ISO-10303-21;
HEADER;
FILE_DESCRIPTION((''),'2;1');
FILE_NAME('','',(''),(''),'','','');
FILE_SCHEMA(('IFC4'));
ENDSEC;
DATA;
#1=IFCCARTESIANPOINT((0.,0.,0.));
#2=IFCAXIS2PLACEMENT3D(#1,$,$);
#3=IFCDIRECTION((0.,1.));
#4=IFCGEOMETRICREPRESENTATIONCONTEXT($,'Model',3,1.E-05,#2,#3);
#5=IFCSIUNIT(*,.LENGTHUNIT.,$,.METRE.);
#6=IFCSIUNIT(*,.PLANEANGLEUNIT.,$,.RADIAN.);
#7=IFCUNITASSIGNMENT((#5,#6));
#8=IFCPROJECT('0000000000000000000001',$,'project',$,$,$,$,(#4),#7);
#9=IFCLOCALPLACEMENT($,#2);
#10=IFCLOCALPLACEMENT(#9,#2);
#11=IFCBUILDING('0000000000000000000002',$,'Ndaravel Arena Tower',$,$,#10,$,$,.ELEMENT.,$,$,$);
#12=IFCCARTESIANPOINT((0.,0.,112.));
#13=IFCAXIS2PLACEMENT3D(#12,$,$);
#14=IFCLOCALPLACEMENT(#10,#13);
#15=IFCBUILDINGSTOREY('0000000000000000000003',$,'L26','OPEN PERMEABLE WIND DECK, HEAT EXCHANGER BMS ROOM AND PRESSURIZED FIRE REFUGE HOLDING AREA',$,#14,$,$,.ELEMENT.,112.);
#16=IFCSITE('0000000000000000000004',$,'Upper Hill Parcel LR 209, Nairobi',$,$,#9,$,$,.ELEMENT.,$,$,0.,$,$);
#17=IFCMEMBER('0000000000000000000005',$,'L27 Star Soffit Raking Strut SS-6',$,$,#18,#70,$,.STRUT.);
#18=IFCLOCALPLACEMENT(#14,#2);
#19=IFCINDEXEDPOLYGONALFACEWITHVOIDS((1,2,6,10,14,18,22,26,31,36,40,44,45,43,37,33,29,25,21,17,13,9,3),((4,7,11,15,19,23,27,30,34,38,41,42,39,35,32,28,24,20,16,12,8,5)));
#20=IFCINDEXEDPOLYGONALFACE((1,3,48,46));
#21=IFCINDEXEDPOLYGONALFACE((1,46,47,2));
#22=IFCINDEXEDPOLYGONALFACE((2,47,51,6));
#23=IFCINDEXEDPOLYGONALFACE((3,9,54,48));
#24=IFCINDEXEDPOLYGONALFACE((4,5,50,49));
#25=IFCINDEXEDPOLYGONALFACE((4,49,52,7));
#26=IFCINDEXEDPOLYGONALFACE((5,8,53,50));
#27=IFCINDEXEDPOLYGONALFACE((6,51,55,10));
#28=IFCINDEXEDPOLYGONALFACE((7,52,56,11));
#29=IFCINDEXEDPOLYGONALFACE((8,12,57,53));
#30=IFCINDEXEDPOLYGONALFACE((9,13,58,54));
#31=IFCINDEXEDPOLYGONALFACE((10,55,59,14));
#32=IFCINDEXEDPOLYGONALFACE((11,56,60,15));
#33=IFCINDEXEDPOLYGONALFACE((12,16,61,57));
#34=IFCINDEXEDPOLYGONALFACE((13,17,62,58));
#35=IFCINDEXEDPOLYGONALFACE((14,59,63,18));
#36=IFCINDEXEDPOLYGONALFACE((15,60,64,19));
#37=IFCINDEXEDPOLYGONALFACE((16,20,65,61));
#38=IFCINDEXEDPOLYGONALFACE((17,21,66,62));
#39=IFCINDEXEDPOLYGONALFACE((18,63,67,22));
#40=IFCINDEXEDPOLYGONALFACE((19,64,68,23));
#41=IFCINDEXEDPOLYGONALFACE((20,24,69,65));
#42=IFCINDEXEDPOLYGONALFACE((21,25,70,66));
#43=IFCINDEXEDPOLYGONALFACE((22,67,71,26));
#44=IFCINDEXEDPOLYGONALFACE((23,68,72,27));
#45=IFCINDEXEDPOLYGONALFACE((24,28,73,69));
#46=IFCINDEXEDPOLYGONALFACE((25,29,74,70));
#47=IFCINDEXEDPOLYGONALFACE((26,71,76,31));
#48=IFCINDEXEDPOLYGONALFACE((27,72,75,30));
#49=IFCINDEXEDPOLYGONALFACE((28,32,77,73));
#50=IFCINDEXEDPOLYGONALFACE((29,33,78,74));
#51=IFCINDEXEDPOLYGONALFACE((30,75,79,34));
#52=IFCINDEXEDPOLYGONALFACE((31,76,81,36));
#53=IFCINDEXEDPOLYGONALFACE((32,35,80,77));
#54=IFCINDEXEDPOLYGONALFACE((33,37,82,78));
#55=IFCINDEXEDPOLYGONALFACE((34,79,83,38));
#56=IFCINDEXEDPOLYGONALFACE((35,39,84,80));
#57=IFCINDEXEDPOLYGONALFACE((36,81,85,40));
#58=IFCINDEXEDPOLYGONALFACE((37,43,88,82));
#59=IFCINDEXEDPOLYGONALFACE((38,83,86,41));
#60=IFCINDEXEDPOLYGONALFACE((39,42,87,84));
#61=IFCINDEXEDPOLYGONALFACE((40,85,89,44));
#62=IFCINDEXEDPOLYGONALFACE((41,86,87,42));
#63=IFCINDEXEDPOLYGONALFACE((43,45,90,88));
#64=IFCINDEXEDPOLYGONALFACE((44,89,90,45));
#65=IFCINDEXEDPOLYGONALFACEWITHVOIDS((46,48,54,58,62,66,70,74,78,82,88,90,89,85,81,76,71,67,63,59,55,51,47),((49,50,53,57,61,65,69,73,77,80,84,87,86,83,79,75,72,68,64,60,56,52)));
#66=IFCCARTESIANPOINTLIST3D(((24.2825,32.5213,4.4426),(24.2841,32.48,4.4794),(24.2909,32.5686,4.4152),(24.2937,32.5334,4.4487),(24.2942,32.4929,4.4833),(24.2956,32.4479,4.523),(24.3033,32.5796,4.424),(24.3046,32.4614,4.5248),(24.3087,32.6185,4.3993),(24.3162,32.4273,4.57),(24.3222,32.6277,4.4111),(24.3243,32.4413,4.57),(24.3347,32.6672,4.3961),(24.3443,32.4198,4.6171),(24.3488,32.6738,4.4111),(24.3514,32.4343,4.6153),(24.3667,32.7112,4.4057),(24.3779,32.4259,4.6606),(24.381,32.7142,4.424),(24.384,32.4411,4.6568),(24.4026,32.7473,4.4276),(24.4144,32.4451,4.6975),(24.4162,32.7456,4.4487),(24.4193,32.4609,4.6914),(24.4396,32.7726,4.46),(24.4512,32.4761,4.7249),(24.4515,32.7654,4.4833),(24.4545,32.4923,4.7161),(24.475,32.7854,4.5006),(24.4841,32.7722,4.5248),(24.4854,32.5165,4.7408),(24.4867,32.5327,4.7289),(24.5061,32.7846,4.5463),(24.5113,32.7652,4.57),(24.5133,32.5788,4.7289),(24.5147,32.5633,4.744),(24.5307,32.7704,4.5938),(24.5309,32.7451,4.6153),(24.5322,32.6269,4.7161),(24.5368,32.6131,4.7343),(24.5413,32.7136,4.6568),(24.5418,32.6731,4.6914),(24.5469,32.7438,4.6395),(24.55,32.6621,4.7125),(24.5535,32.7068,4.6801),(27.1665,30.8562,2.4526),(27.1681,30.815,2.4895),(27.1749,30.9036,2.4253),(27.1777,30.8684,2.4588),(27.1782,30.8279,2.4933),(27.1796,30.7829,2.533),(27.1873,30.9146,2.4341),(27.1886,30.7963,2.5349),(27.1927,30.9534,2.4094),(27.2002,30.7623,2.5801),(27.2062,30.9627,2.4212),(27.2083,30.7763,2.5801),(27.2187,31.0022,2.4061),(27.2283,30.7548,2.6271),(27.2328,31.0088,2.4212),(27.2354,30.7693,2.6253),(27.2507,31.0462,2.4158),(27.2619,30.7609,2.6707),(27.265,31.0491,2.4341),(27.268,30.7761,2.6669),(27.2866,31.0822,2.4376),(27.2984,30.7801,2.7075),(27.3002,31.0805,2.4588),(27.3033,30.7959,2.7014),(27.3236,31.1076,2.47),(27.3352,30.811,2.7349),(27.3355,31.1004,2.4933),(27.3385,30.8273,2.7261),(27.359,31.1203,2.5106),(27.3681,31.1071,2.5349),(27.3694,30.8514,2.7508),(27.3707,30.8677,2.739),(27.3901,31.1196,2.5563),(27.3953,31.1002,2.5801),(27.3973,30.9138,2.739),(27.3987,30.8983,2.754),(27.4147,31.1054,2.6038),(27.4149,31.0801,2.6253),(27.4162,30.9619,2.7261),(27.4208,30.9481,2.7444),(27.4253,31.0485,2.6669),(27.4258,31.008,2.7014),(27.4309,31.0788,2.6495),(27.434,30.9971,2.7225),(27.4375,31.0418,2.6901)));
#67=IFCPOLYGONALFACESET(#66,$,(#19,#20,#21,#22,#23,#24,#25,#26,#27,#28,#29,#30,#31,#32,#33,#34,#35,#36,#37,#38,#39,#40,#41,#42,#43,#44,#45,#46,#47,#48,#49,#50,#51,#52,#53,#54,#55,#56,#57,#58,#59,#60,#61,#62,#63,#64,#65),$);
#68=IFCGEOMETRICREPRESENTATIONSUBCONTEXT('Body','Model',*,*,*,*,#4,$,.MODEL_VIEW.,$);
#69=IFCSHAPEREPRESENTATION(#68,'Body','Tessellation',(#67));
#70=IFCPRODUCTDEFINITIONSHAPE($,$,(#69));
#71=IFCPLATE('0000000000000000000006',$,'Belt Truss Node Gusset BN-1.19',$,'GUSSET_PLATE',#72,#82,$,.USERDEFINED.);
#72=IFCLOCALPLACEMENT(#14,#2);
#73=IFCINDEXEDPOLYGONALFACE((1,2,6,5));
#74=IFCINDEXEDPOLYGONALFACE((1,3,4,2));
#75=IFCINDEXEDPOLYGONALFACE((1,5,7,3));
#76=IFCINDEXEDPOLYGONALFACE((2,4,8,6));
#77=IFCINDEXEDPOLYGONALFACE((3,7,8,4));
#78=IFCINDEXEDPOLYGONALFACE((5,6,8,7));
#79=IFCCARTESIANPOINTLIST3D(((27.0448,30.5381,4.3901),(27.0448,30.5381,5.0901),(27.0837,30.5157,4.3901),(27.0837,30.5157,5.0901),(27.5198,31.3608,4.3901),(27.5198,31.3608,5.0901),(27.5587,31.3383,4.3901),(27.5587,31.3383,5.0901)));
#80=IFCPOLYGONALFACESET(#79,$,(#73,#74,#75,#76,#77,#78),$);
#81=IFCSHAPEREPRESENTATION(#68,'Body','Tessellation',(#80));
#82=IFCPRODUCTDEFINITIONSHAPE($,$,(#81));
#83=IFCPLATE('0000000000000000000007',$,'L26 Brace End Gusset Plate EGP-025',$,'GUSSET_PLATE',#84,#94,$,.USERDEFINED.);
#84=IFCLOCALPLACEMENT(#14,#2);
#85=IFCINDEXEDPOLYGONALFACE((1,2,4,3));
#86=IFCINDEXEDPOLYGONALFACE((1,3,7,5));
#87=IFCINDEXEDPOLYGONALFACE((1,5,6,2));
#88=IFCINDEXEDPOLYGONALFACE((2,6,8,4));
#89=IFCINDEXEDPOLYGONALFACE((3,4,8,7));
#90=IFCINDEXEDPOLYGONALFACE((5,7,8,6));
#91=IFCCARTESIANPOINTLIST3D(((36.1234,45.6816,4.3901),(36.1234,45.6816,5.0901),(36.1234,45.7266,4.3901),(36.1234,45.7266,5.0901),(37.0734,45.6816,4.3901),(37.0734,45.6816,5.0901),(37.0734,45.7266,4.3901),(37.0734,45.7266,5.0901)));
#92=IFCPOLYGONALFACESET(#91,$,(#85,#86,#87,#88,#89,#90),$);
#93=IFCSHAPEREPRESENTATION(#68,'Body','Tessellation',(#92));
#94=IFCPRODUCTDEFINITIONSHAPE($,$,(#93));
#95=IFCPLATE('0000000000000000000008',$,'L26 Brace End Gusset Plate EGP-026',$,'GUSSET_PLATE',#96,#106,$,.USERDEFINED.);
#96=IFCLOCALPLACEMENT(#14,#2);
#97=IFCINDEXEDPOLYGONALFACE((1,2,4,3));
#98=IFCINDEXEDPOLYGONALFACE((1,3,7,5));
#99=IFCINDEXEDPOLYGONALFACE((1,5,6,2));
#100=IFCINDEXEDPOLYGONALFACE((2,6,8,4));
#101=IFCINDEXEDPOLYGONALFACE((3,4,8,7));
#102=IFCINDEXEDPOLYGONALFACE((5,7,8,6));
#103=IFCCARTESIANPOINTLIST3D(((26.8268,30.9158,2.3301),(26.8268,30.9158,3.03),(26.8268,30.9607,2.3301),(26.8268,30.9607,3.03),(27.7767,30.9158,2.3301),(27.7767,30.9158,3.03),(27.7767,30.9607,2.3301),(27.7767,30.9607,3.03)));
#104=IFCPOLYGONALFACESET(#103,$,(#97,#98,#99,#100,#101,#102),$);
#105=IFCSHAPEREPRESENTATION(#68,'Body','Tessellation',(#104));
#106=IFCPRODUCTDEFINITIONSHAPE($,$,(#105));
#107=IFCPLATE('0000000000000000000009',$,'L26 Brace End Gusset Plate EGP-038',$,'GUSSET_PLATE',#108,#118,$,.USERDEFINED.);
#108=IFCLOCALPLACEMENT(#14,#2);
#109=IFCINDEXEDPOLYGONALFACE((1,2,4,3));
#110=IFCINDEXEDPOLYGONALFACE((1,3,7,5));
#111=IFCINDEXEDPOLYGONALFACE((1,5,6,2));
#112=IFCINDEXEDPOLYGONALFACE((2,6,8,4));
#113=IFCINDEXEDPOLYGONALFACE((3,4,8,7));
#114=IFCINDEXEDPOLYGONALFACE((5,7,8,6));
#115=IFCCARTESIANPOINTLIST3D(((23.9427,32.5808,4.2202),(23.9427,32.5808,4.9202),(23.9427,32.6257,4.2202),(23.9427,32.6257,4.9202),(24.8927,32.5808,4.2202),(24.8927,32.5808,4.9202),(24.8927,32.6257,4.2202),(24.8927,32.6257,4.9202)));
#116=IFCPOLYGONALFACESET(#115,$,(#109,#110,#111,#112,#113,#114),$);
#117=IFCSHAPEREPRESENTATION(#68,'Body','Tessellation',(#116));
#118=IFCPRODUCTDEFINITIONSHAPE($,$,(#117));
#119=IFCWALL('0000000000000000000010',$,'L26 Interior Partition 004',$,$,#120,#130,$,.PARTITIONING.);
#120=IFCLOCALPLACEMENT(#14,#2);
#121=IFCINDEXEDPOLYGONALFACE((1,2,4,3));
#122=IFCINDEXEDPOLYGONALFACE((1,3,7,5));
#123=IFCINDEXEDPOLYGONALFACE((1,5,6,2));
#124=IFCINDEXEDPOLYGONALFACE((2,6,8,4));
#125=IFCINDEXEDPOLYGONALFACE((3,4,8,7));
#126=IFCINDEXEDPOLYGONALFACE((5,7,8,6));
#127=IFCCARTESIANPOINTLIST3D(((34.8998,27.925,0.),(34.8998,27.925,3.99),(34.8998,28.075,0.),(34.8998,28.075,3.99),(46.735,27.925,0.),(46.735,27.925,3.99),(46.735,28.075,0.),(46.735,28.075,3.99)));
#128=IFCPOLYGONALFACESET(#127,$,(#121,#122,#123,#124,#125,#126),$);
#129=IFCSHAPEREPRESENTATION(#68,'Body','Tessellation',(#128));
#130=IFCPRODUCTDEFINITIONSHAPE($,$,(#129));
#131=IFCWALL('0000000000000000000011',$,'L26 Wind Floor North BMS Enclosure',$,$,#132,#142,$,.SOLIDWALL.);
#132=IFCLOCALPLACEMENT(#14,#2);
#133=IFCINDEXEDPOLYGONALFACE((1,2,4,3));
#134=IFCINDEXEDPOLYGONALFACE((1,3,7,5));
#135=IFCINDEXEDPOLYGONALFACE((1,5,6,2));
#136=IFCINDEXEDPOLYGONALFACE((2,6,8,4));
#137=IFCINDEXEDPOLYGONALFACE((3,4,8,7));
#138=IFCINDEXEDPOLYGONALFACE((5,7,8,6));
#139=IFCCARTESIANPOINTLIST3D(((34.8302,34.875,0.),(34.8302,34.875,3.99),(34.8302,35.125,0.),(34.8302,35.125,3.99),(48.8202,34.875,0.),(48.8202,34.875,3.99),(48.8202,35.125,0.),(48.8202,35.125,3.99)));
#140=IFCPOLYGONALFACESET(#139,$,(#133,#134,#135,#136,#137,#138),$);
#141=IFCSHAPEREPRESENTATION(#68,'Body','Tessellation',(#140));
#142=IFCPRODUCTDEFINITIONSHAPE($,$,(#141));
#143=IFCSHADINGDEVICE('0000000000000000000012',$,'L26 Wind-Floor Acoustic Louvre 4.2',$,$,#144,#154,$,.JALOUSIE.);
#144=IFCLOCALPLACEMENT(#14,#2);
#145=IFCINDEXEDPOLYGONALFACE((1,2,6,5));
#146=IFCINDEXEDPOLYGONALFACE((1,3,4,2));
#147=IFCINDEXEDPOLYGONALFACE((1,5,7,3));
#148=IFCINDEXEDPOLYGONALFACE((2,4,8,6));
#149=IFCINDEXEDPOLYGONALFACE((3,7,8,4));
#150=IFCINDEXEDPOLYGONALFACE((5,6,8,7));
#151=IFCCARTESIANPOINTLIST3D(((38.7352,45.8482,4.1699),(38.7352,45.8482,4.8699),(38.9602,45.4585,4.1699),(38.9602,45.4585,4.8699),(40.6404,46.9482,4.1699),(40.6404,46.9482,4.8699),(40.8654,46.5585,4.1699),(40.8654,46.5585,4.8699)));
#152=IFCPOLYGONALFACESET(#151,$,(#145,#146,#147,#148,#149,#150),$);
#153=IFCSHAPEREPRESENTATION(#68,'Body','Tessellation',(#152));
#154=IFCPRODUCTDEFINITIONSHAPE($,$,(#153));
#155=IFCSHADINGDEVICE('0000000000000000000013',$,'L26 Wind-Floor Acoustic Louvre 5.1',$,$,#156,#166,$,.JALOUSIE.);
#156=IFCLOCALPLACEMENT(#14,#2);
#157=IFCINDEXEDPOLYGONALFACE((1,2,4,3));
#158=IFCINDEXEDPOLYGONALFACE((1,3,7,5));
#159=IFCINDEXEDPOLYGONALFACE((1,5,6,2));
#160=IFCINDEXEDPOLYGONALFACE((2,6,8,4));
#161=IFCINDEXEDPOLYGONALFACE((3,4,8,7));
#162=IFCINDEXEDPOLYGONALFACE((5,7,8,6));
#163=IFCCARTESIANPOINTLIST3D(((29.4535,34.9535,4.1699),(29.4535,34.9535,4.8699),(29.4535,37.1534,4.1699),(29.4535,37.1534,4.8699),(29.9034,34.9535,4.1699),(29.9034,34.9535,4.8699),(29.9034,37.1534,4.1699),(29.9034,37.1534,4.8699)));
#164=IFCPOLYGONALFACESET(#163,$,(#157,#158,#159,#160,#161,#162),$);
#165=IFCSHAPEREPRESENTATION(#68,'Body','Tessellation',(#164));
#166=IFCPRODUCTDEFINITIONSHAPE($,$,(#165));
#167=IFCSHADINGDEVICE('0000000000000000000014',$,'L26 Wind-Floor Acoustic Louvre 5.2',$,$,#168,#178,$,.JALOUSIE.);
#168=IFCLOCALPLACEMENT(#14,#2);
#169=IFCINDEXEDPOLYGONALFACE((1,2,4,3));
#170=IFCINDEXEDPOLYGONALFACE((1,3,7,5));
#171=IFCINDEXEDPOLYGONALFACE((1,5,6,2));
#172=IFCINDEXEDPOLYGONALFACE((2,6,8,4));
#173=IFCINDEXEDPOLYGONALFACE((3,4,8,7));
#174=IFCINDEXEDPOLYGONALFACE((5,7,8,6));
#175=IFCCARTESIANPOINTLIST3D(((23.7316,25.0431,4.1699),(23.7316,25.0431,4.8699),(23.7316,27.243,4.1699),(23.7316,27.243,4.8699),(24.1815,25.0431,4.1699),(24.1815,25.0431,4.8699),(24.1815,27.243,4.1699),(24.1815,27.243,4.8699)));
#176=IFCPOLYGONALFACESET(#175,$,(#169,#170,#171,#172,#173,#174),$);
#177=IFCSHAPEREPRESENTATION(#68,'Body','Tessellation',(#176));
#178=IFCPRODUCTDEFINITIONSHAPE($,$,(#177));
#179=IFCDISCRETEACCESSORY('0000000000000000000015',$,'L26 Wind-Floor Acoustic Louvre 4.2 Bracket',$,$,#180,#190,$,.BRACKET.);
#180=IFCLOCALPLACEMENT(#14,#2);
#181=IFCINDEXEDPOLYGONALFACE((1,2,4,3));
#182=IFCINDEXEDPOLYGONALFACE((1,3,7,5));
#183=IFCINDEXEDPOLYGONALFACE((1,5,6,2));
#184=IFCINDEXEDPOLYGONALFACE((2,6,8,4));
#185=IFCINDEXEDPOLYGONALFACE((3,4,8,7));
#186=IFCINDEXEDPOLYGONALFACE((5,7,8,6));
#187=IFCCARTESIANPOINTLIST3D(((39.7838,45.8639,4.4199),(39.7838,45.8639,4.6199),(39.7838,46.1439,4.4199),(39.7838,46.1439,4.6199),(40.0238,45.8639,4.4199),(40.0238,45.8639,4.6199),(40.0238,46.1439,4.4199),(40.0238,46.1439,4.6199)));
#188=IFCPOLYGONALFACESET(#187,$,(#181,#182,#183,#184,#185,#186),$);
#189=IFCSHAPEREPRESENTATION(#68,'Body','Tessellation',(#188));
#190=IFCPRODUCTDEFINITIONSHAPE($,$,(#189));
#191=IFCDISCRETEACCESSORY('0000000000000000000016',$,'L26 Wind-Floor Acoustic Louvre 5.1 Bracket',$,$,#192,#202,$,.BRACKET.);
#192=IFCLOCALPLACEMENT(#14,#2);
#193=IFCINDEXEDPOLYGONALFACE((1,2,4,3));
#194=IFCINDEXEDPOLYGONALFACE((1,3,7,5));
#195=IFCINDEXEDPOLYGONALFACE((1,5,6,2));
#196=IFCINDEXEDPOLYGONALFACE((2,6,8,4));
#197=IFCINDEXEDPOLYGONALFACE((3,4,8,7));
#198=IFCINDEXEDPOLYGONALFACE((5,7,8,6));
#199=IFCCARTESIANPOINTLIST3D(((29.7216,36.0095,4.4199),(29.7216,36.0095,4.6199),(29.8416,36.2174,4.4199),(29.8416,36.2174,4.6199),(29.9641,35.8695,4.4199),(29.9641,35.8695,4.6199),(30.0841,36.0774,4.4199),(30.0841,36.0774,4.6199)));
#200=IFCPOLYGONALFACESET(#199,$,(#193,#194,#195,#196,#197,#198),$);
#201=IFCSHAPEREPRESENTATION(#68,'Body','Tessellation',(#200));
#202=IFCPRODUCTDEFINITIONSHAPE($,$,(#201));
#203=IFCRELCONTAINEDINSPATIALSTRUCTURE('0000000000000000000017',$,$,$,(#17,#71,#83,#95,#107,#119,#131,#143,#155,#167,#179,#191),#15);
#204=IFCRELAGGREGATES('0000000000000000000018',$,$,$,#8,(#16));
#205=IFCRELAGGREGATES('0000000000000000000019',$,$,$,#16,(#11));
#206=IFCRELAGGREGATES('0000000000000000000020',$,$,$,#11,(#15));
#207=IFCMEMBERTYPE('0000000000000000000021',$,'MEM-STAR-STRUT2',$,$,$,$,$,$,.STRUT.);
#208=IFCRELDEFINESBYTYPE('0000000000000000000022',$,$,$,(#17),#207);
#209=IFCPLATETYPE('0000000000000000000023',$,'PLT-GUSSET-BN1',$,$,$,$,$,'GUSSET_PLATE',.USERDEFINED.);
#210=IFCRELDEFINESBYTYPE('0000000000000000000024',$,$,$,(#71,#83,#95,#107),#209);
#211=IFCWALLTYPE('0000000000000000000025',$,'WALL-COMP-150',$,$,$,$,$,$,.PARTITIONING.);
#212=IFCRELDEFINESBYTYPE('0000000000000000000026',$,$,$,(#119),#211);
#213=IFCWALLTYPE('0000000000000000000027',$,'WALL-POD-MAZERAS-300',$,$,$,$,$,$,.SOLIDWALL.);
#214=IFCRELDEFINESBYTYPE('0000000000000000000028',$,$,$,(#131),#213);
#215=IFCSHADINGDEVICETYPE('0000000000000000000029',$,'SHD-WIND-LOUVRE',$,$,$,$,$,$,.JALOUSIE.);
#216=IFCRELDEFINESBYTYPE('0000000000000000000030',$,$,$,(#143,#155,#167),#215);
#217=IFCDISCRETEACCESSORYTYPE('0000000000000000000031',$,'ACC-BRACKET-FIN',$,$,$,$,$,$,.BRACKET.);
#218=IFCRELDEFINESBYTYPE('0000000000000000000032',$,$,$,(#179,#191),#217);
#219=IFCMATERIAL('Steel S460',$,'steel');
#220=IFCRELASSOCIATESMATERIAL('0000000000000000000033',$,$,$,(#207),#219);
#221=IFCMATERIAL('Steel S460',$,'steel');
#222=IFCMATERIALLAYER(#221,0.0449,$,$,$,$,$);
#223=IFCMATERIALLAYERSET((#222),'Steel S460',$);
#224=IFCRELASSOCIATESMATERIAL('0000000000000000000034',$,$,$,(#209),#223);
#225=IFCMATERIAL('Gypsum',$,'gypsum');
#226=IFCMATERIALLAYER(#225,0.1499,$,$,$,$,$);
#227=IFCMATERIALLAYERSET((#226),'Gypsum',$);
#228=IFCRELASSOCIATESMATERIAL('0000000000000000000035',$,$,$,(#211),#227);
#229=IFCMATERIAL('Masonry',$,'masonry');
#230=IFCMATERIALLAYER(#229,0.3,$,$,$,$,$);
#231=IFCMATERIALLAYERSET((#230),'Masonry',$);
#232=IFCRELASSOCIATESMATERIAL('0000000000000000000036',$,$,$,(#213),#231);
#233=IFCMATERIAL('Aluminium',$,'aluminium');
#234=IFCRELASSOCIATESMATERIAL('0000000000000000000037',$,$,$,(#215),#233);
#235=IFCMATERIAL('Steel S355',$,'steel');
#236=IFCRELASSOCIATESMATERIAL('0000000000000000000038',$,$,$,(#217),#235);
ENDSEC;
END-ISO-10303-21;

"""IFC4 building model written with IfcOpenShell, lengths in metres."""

from ifc_helpers import new_model, si_unit, direction, frame, frame_2d, origin, origin_2d, place, context, subcontext, project, spatial, rectangle, hollow_circle, extrude, material, layer, layer_set, material_profile, profile_set, type_object, element, save


model = new_model("IFC4")

# Units and contexts
model_context = context("Model", 3, precision=1e-05, world=origin(), true_north=direction((0.0, 1.0)))
body_context = subcontext(model_context, "Body", "Model", "MODEL_VIEW")
ifc_project = project(units=[si_unit("LENGTHUNIT", "METRE"), si_unit("PLANEANGLEUNIT", "RADIAN")], contexts=[model_context])

# Site, building, storey
site_placement = place(None, origin())
site = spatial("IfcSite", under=ifc_project, at=site_placement, Name="Upper Hill Parcel LR 209, Nairobi", CompositionType="ELEMENT", RefElevation=0.0)
building_placement = place(site_placement, origin())
building = spatial("IfcBuilding", under=site, at=building_placement, Name="Ndaravel Arena Tower", CompositionType="ELEMENT")
storey_placement = place(building_placement, frame((0.0, 0.0, 112.0)))
storey = spatial("IfcBuildingStorey", under=building, at=storey_placement, Name="L26", Description="OPEN PERMEABLE WIND DECK, HEAT EXCHANGER BMS ROOM AND PRESSURIZED FIRE REFUGE HOLDING AREA", CompositionType="ELEMENT", Elevation=112.0)

# Member
ifc_material_1 = material(Name="Steel S460", Category="steel")
ifc_material_profile_1 = material_profile(ifc_material_1, hollow_circle(Radius=0.2031, WallThickness=0.0161, at=origin_2d()), Name="CHS 406.4x16")
ifc_profile_set_1 = profile_set([ifc_material_profile_1], Name="Steel S460")
member_type_1 = type_object("IfcMemberType", Name="MEM-STAR-STRUT2", PredefinedType="STRUT", material=ifc_profile_set_1)
member_1_placement = place(storey_placement, frame((27.3018, 30.9382, 2.5801), z_axis=(-0.743415, 0.429196, 0.512958), x_axis=(-0.499987, -0.866033, 0.0)))
element("IfcMember", 1, at=member_1_placement, inside=storey, type_object=member_type_1, Name="L27 Star Soffit Raking Strut SS-6", PredefinedType="STRUT", context=body_context, shape_type="SweptSolid", body=[
    extrude(hollow_circle(Radius=0.2031, WallThickness=0.0161, at=origin_2d()), origin(), (0.0, 0.0, 1.0), 3.8794),
])

# Plates
ifc_material_2 = material(Name="Steel S460", Category="steel")
ifc_layer_1 = layer(ifc_material_2, 0.0449)
ifc_layer_set_1 = layer_set([ifc_layer_1], Name="Steel S460")
plate_type = type_object("IfcPlateType", Name="PLT-GUSSET-BN1", ElementType="GUSSET_PLATE", PredefinedType="USERDEFINED", material=ifc_layer_set_1)
for number, where, z_axis, x_axis, name in (
    (2, (27.3018, 30.9382, 4.3901), (0.0, 0.0, 1.0), (0.5, 0.866025, 0.0), "Belt Truss Node Gusset BN-1.19"),
    (3, (36.5984, 45.7041, 4.3901), (0.0, 0.0, 1.0), (1.0, 0.0, 0.0), "L26 Brace End Gusset Plate EGP-025"),
    (4, (27.3018, 30.9382, 2.3301), (0.0, 0.0, 1.0), (1.0, 0.0, 0.0), "L26 Brace End Gusset Plate EGP-026"),
    (5, (24.4177, 32.6033, 4.2202), (0.0, 0.0, 1.0), (1.0, 0.0, 0.0), "L26 Brace End Gusset Plate EGP-038"),
):
    element("IfcPlate", number, at=place(storey_placement, frame(where, z_axis=z_axis, x_axis=x_axis)), inside=storey, type_object=plate_type, Name=name, ObjectType="GUSSET_PLATE", PredefinedType="USERDEFINED", context=body_context, shape_type="SweptSolid", body=[
        extrude(rectangle(XDim=0.95, YDim=0.0449, at=origin_2d()), origin(), (0.0, 0.0, 1.0), 0.7),
    ])

# Walls
ifc_material_3 = material(Name="Gypsum", Category="gypsum")
ifc_layer_2 = layer(ifc_material_3, 0.1499)
ifc_layer_set_2 = layer_set([ifc_layer_2], Name="Gypsum")
wall_type_1 = type_object("IfcWallType", Name="WALL-COMP-150", PredefinedType="PARTITIONING", material=ifc_layer_set_2)
wall_1_placement = place(storey_placement, frame((34.8999, 28.0, 0.0), z_axis=(0.0, 0.0, 1.0), x_axis=(1.0, 0.0, 0.0)))
element("IfcWall", 6, at=wall_1_placement, inside=storey, type_object=wall_type_1, Name="L26 Interior Partition 004", PredefinedType="PARTITIONING", context=body_context, shape_type="SweptSolid", body=[
    extrude(rectangle(XDim=11.8352, YDim=0.1499, at=frame_2d((5.9175, 0.0))), origin(), (0.0, 0.0, 1.0), 3.99),
])
ifc_material_4 = material(Name="Masonry", Category="masonry")
ifc_layer_3 = layer(ifc_material_4, 0.3)
ifc_layer_set_3 = layer_set([ifc_layer_3], Name="Masonry")
wall_type_2 = type_object("IfcWallType", Name="WALL-POD-MAZERAS-300", PredefinedType="SOLIDWALL", material=ifc_layer_set_3)
wall_2_placement = place(storey_placement, frame((34.8301, 35.0, 0.0), z_axis=(0.0, 0.0, 1.0), x_axis=(1.0, 0.0, 0.0)))
element("IfcWall", 7, at=wall_2_placement, inside=storey, type_object=wall_type_2, Name="L26 Wind Floor North BMS Enclosure", PredefinedType="SOLIDWALL", context=body_context, shape_type="SweptSolid", body=[
    extrude(rectangle(XDim=13.99, YDim=0.25, at=frame_2d((6.9951, 0.0))), origin(), (0.0, 0.0, 1.0), 3.99),
])

# Shading devices
ifc_material_5 = material(Name="Aluminium", Category="aluminium")
shading_device_type = type_object("IfcShadingDeviceType", Name="SHD-WIND-LOUVRE", PredefinedType="JALOUSIE", material=ifc_material_5)
for number, where, z_axis, x_axis, name in (
    (8, (39.8003, 46.2034, 4.1699), (0.0, 0.0, 1.0), (-0.5, 0.866025, 0.0), "L26 Wind-Floor Acoustic Louvre 4.2"),
    (9, (29.6785, 36.0535, 4.1699), (0.0, 0.0, 1.0), (-1.0, 0.0, 0.0), "L26 Wind-Floor Acoustic Louvre 5.1"),
    (10, (23.9565, 26.1431, 4.1699), (0.0, 0.0, 1.0), (-1.0, 0.0, 0.0), "L26 Wind-Floor Acoustic Louvre 5.2"),
):
    element("IfcShadingDevice", number, at=place(storey_placement, frame(where, z_axis=z_axis, x_axis=x_axis)), inside=storey, type_object=shading_device_type, Name=name, PredefinedType="JALOUSIE", context=body_context, shape_type="SweptSolid", body=[
        extrude(rectangle(XDim=0.45, YDim=2.2, at=origin_2d()), origin(), (0.0, 0.0, 1.0), 0.7),
    ])

# Discrete accessories
ifc_material_6 = material(Name="Steel S355", Category="steel")
discrete_accessory_type = type_object("IfcDiscreteAccessoryType", Name="ACC-BRACKET-FIN", PredefinedType="BRACKET", material=ifc_material_6)
for number, where, z_axis, x_axis, name in (
    (11, (39.9038, 46.0039, 4.4199), (0.0, 0.0, 1.0), (0.0, 1.0, 0.0), "L26 Wind-Floor Acoustic Louvre 4.2 Bracket"),
    (12, (29.9028, 36.0435, 4.4199), (0.0, 0.0, 1.0), (-0.866025, 0.5, 0.0), "L26 Wind-Floor Acoustic Louvre 5.1 Bracket"),
):
    element("IfcDiscreteAccessory", number, at=place(storey_placement, frame(where, z_axis=z_axis, x_axis=x_axis)), inside=storey, type_object=discrete_accessory_type, Name=name, PredefinedType="BRACKET", context=body_context, shape_type="SweptSolid", body=[
        extrude(rectangle(XDim=0.28, YDim=0.24, at=origin_2d()), origin(), (0.0, 0.0, 1.0), 0.2),
    ])

save(model, "model.ifc")
